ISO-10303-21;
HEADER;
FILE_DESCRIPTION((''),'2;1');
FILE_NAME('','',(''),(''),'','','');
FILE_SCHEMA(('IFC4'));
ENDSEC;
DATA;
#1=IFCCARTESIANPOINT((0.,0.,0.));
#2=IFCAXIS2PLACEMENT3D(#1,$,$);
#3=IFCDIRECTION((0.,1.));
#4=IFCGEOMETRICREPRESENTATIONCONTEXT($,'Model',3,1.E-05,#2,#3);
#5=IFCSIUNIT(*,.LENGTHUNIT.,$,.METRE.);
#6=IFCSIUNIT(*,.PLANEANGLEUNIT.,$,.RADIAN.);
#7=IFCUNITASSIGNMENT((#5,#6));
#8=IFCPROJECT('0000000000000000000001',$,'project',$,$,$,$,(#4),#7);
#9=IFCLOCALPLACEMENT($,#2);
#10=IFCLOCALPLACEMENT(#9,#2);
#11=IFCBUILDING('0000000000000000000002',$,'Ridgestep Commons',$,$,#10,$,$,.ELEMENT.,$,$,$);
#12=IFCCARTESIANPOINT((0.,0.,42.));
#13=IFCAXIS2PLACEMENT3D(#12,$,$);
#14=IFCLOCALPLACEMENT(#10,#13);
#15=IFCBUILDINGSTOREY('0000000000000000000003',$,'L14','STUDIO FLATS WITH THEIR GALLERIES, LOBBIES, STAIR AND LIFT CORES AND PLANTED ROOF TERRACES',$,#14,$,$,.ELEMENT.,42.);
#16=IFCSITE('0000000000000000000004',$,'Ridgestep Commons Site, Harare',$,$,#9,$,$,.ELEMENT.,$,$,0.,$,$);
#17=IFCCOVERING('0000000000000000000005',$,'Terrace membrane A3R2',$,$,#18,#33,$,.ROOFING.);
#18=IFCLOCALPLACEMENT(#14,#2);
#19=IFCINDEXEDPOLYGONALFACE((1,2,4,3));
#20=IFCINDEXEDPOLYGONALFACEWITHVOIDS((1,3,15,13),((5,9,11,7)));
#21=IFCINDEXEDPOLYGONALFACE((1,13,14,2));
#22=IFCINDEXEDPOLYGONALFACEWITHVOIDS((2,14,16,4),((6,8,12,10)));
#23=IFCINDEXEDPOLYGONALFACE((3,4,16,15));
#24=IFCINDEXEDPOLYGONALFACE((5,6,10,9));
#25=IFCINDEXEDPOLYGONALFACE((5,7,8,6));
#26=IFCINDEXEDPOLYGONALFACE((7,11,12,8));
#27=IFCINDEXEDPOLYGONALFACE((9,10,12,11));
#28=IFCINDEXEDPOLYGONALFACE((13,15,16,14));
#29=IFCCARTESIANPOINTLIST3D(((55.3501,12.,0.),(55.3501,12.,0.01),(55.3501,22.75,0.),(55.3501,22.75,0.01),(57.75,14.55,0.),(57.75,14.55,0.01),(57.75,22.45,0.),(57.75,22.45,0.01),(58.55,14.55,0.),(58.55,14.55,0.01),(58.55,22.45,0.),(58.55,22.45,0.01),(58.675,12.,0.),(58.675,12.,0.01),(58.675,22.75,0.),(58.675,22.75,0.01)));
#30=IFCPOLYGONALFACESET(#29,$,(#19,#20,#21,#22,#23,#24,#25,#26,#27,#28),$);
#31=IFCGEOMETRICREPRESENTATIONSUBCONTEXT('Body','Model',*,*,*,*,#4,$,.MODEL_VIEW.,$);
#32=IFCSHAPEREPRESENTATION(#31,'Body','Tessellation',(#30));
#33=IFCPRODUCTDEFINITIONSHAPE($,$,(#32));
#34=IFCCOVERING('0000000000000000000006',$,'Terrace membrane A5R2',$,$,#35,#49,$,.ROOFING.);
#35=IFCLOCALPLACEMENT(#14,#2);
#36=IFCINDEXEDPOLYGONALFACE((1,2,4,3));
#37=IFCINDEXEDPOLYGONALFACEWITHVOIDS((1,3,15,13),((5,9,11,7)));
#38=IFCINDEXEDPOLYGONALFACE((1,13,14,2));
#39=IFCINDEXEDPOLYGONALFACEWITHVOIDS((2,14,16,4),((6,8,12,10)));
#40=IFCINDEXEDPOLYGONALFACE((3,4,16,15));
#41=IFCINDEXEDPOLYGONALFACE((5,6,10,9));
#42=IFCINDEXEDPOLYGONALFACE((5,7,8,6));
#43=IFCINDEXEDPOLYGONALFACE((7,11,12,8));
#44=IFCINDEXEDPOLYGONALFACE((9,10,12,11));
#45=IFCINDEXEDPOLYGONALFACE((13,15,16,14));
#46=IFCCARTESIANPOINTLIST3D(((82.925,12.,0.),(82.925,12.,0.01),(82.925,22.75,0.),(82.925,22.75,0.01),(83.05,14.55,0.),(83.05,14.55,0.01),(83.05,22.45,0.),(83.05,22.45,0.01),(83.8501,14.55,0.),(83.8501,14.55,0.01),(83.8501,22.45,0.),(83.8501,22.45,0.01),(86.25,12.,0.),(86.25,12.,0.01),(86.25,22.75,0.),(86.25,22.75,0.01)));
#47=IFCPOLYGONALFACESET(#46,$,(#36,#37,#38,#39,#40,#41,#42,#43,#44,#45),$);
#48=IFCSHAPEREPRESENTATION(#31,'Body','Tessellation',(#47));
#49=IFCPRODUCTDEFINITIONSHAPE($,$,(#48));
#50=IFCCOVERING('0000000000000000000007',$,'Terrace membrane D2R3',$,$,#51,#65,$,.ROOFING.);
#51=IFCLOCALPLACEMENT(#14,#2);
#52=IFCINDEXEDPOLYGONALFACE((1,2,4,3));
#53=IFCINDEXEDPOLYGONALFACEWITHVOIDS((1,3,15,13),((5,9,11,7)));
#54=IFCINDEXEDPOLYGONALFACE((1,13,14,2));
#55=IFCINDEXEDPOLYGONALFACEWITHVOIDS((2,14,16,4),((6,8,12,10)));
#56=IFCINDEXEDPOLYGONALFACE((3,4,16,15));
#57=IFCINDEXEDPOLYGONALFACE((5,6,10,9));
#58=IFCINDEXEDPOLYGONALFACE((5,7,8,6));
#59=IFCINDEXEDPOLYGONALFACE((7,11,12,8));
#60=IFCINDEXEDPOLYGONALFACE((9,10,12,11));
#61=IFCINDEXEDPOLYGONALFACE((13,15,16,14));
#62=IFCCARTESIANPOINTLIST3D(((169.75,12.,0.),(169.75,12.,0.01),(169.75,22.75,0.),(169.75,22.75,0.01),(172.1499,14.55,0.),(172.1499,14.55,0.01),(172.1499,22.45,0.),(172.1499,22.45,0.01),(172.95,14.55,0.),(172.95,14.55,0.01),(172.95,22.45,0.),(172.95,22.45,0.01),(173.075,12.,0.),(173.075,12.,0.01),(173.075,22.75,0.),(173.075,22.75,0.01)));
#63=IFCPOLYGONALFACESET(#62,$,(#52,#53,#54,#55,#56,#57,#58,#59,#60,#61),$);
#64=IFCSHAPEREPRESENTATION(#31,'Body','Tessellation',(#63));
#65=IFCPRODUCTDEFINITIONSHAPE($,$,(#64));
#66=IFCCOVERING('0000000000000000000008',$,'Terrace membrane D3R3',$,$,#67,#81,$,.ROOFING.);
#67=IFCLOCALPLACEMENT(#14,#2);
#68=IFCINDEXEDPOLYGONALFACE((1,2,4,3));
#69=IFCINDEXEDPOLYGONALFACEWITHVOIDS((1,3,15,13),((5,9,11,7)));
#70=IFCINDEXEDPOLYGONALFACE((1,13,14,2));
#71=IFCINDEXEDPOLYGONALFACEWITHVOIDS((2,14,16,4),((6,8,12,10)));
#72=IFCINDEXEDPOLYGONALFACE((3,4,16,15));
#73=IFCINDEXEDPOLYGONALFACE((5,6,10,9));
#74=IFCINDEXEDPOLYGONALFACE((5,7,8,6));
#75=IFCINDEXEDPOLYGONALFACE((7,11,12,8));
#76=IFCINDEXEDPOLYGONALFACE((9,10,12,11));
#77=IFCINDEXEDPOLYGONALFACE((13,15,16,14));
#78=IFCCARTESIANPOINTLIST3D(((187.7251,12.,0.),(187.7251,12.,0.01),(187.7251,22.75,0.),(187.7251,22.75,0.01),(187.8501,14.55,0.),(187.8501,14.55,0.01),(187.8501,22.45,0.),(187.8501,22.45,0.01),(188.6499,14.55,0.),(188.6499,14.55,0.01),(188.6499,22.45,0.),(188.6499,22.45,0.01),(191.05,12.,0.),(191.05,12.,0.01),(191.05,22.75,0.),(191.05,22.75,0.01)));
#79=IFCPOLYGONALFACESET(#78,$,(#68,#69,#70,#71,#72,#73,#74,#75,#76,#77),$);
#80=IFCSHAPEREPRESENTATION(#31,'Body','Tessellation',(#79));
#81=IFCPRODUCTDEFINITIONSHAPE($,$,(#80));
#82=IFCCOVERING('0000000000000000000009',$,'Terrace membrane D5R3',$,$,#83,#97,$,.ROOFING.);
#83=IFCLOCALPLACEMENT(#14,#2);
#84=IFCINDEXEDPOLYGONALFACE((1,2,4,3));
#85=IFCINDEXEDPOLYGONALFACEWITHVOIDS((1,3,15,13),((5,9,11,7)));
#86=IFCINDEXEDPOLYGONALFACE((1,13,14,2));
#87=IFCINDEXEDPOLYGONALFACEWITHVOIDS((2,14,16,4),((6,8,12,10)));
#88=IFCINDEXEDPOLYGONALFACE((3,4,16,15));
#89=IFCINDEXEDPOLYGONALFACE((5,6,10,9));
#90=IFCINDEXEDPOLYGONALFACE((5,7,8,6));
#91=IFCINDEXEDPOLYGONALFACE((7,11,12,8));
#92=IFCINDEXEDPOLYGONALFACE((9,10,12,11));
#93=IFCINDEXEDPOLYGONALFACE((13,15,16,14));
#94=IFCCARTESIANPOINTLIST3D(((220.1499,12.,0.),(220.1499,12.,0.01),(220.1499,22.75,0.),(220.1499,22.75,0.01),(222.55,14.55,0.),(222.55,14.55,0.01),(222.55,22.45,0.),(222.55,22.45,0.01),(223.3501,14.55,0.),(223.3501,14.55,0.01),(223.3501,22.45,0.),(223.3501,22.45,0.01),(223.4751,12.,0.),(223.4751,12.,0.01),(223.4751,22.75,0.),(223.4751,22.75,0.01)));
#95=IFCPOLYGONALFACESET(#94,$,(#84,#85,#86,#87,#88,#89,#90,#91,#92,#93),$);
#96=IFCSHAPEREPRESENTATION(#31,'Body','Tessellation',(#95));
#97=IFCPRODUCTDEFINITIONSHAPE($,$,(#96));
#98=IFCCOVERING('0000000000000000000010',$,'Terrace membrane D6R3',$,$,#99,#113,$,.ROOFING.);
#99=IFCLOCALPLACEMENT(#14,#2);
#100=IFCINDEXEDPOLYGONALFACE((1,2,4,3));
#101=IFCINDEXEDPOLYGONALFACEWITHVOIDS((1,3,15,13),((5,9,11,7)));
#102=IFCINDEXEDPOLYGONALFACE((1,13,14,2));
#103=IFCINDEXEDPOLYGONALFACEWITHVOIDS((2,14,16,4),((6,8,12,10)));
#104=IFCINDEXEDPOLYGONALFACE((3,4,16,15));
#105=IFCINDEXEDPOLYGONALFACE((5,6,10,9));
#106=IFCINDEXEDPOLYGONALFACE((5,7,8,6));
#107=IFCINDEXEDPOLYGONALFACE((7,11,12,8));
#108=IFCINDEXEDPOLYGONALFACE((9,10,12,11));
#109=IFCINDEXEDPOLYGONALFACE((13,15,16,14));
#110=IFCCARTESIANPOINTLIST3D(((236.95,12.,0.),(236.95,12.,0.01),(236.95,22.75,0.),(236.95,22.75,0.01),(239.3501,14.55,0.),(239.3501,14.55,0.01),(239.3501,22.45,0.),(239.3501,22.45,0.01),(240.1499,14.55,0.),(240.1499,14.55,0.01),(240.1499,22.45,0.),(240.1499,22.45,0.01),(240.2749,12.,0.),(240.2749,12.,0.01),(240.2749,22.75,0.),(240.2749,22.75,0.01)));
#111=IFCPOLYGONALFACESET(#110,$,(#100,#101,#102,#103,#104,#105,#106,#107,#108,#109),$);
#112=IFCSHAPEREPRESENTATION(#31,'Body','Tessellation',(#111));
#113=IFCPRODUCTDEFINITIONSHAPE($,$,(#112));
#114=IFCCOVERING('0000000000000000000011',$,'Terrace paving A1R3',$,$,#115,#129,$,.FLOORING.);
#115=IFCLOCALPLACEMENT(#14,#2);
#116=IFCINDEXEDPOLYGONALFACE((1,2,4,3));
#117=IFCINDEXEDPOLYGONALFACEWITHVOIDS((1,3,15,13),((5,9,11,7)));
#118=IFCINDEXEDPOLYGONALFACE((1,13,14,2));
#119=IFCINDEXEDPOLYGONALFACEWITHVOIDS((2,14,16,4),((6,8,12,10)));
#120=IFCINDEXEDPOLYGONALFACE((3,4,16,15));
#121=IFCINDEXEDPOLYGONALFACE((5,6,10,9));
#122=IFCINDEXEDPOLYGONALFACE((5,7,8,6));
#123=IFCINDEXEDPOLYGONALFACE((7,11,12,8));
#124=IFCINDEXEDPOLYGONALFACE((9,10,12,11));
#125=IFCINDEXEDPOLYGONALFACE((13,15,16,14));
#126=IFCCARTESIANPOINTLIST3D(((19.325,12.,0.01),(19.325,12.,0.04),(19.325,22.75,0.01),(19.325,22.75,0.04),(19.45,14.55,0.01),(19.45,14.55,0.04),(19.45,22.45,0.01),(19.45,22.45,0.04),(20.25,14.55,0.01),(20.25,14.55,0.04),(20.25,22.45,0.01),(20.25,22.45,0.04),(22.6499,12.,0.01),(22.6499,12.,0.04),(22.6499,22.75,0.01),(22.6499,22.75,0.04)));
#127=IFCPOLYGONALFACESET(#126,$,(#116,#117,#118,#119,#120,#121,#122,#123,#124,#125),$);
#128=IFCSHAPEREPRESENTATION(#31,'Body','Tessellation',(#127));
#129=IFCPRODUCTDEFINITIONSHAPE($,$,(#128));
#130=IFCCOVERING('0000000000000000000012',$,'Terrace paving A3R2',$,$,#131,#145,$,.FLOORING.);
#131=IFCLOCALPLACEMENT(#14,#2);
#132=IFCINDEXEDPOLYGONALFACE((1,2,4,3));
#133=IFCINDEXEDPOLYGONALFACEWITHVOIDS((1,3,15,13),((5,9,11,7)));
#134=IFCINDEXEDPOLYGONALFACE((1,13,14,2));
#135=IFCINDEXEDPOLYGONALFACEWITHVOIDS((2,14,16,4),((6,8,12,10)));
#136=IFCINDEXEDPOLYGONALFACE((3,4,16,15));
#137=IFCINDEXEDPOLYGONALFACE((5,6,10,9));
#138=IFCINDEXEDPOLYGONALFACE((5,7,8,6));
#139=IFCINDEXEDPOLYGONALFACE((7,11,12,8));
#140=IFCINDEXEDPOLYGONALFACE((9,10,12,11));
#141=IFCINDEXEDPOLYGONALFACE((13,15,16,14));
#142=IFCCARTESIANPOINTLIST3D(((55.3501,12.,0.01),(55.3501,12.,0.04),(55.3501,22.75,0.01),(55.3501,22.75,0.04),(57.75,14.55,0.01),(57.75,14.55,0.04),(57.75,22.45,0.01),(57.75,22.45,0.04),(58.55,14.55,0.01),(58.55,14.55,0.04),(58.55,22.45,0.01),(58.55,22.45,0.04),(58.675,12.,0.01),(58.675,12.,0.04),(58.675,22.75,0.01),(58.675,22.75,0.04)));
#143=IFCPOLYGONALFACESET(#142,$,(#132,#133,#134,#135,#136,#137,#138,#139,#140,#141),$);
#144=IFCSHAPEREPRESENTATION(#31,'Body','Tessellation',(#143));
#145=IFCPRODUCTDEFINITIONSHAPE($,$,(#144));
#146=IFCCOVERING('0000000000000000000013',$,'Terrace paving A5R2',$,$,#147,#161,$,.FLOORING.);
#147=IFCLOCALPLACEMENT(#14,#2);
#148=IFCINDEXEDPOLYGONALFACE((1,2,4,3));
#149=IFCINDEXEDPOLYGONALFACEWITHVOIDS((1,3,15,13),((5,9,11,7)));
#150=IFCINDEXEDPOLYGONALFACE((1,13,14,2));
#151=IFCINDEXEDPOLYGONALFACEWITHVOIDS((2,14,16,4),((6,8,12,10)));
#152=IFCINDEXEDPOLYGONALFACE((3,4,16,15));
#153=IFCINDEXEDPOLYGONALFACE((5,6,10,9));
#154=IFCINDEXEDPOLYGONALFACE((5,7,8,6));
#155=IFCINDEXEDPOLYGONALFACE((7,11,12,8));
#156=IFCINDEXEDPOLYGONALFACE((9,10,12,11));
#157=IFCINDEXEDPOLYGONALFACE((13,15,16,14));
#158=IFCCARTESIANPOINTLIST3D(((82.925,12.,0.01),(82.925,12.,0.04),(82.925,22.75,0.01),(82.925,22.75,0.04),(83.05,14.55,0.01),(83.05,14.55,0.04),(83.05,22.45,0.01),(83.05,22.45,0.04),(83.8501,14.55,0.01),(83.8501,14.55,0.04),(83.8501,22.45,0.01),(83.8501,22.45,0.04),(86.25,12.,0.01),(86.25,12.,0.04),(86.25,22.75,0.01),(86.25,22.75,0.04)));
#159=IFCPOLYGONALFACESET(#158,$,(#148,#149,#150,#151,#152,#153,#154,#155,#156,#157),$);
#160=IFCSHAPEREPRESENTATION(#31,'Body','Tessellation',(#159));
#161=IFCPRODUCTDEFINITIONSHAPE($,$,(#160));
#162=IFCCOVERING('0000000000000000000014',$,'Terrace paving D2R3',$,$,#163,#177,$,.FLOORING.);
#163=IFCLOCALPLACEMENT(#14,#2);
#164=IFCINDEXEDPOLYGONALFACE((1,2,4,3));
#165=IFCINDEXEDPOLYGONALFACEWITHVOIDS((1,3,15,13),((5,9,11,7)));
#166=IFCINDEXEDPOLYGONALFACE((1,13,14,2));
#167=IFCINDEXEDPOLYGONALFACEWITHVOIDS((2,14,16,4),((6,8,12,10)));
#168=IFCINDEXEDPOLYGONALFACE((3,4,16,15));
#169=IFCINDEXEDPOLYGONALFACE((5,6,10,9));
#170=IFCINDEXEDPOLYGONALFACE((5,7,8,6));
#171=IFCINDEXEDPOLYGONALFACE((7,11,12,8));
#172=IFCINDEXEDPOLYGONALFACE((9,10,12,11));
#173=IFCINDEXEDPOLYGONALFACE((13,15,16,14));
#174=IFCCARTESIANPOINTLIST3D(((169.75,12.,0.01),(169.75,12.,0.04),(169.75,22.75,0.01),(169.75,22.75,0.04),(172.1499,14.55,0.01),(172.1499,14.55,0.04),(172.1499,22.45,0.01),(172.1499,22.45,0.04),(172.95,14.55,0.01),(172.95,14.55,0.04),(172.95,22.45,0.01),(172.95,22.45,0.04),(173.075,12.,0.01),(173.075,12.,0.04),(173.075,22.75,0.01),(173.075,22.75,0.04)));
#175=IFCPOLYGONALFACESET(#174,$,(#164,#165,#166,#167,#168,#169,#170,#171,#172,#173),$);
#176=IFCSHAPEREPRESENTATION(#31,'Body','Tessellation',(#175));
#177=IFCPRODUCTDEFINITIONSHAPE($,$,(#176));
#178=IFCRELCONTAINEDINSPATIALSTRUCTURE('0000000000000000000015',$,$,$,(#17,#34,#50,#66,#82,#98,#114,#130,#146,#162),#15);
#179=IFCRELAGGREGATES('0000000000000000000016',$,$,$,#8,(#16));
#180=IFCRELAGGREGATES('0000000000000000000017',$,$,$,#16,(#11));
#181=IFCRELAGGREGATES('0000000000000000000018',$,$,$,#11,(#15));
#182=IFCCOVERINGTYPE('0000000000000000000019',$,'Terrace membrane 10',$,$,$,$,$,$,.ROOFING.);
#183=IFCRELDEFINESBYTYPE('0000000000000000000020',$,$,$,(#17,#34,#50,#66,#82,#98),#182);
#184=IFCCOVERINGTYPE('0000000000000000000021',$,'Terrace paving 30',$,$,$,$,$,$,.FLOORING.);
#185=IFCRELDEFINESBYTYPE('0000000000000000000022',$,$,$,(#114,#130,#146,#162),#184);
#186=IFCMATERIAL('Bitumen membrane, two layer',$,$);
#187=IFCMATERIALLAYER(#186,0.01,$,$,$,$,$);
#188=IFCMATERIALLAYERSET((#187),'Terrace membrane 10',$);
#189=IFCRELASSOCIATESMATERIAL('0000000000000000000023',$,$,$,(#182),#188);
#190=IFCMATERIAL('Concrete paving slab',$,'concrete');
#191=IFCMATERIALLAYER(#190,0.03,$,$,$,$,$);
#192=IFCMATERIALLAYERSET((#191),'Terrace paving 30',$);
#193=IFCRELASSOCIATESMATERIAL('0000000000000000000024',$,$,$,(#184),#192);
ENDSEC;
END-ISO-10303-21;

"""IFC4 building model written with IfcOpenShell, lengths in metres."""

from ifc_helpers import new_model, si_unit, direction, frame, origin, place, context, subcontext, project, spatial, polyline, outline, extrude, material, layer, layer_set, type_object, element, save


model = new_model("IFC4")

# Units and contexts
model_context = context("Model", 3, precision=1e-05, world=origin(), true_north=direction((0.0, 1.0)))
body_context = subcontext(model_context, "Body", "Model", "MODEL_VIEW")
ifc_project = project(units=[si_unit("LENGTHUNIT", "METRE"), si_unit("PLANEANGLEUNIT", "RADIAN")], contexts=[model_context])

# Site, building, storey
site_placement = place(None, origin())
site = spatial("IfcSite", under=ifc_project, at=site_placement, Name="Ridgestep Commons Site, Harare", CompositionType="ELEMENT", RefElevation=0.0)
building_placement = place(site_placement, origin())
building = spatial("IfcBuilding", under=site, at=building_placement, Name="Ridgestep Commons", CompositionType="ELEMENT")
storey_placement = place(building_placement, frame((0.0, 0.0, 42.0)))
storey = spatial("IfcBuildingStorey", under=building, at=storey_placement, Name="L14", Description="STUDIO FLATS WITH THEIR GALLERIES, LOBBIES, STAIR AND LIFT CORES AND PLANTED ROOF TERRACES", CompositionType="ELEMENT", Elevation=42.0)

# Coverings
ifc_material_1 = material(Name="Bitumen membrane, two layer")
ifc_layer_1 = layer(ifc_material_1, 0.01)
ifc_layer_set_1 = layer_set([ifc_layer_1], Name="Terrace membrane 10")
covering_type_1 = type_object("IfcCoveringType", Name="Terrace membrane 10", PredefinedType="ROOFING", material=ifc_layer_set_1)
covering_1_placement = place(storey_placement, origin())
element("IfcCovering", 1, at=covering_1_placement, inside=storey, type_object=covering_type_1, Name="Terrace membrane A3R2", PredefinedType="ROOFING", context=body_context, shape_type="SweptSolid", body=[
    extrude(outline(polyline([(58.675, 12.0), (58.675, 22.75), (55.3501, 22.75), (55.3501, 12.0), (58.675, 12.0)]), holes=[polyline([(58.55, 14.55), (58.55, 22.45), (57.75, 22.45), (57.75, 14.55), (58.55, 14.55)])]), origin(), (0.0, 0.0, 1.0), 0.01),
])
covering_2_placement = place(storey_placement, origin())
element("IfcCovering", 2, at=covering_2_placement, inside=storey, type_object=covering_type_1, Name="Terrace membrane A5R2", PredefinedType="ROOFING", context=body_context, shape_type="SweptSolid", body=[
    extrude(outline(polyline([(86.25, 12.0), (86.25, 22.75), (82.925, 22.75), (82.925, 12.0), (86.25, 12.0)]), holes=[polyline([(83.8501, 14.55), (83.8501, 22.45), (83.05, 22.45), (83.05, 14.55), (83.8501, 14.55)])]), origin(), (0.0, 0.0, 1.0), 0.01),
])
covering_3_placement = place(storey_placement, origin())
element("IfcCovering", 3, at=covering_3_placement, inside=storey, type_object=covering_type_1, Name="Terrace membrane D2R3", PredefinedType="ROOFING", context=body_context, shape_type="SweptSolid", body=[
    extrude(outline(polyline([(173.075, 12.0), (173.075, 22.75), (169.75, 22.75), (169.75, 12.0), (173.075, 12.0)]), holes=[polyline([(172.95, 14.55), (172.95, 22.45), (172.1499, 22.45), (172.1499, 14.55), (172.95, 14.55)])]), origin(), (0.0, 0.0, 1.0), 0.01),
])
covering_4_placement = place(storey_placement, origin())
element("IfcCovering", 4, at=covering_4_placement, inside=storey, type_object=covering_type_1, Name="Terrace membrane D3R3", PredefinedType="ROOFING", context=body_context, shape_type="SweptSolid", body=[
    extrude(outline(polyline([(191.05, 12.0), (191.05, 22.75), (187.7251, 22.75), (187.7251, 12.0), (191.05, 12.0)]), holes=[polyline([(188.6499, 14.55), (188.6499, 22.45), (187.8501, 22.45), (187.8501, 14.55), (188.6499, 14.55)])]), origin(), (0.0, 0.0, 1.0), 0.01),
])
covering_5_placement = place(storey_placement, origin())
element("IfcCovering", 5, at=covering_5_placement, inside=storey, type_object=covering_type_1, Name="Terrace membrane D5R3", PredefinedType="ROOFING", context=body_context, shape_type="SweptSolid", body=[
    extrude(outline(polyline([(223.4751, 12.0), (223.4751, 22.75), (220.1499, 22.75), (220.1499, 12.0), (223.4751, 12.0)]), holes=[polyline([(223.3501, 14.55), (223.3501, 22.45), (222.55, 22.45), (222.55, 14.55), (223.3501, 14.55)])]), origin(), (0.0, 0.0, 1.0), 0.01),
])
covering_6_placement = place(storey_placement, origin())
element("IfcCovering", 6, at=covering_6_placement, inside=storey, type_object=covering_type_1, Name="Terrace membrane D6R3", PredefinedType="ROOFING", context=body_context, shape_type="SweptSolid", body=[
    extrude(outline(polyline([(240.2749, 12.0), (240.2749, 22.75), (236.95, 22.75), (236.95, 12.0), (240.2749, 12.0)]), holes=[polyline([(240.1499, 14.55), (240.1499, 22.45), (239.3501, 22.45), (239.3501, 14.55), (240.1499, 14.55)])]), origin(), (0.0, 0.0, 1.0), 0.01),
])
ifc_material_2 = material(Name="Concrete paving slab", Category="concrete")
ifc_layer_2 = layer(ifc_material_2, 0.03)
ifc_layer_set_2 = layer_set([ifc_layer_2], Name="Terrace paving 30")
covering_type_2 = type_object("IfcCoveringType", Name="Terrace paving 30", PredefinedType="FLOORING", material=ifc_layer_set_2)
covering_7_placement = place(storey_placement, frame((0.0, 0.0, 0.01)))
element("IfcCovering", 7, at=covering_7_placement, inside=storey, type_object=covering_type_2, Name="Terrace paving A1R3", PredefinedType="FLOORING", context=body_context, shape_type="SweptSolid", body=[
    extrude(outline(polyline([(22.6499, 12.0), (22.6499, 22.75), (19.325, 22.75), (19.325, 12.0), (22.6499, 12.0)]), holes=[polyline([(20.25, 14.55), (20.25, 22.45), (19.45, 22.45), (19.45, 14.55), (20.25, 14.55)])]), origin(), (0.0, 0.0, 1.0), 0.03),
])
covering_8_placement = place(storey_placement, frame((0.0, 0.0, 0.01)))
element("IfcCovering", 8, at=covering_8_placement, inside=storey, type_object=covering_type_2, Name="Terrace paving A3R2", PredefinedType="FLOORING", context=body_context, shape_type="SweptSolid", body=[
    extrude(outline(polyline([(58.675, 12.0), (58.675, 22.75), (55.3501, 22.75), (55.3501, 12.0), (58.675, 12.0)]), holes=[polyline([(58.55, 14.55), (58.55, 22.45), (57.75, 22.45), (57.75, 14.55), (58.55, 14.55)])]), origin(), (0.0, 0.0, 1.0), 0.03),
])
covering_9_placement = place(storey_placement, frame((0.0, 0.0, 0.01)))
element("IfcCovering", 9, at=covering_9_placement, inside=storey, type_object=covering_type_2, Name="Terrace paving A5R2", PredefinedType="FLOORING", context=body_context, shape_type="SweptSolid", body=[
    extrude(outline(polyline([(86.25, 12.0), (86.25, 22.75), (82.925, 22.75), (82.925, 12.0), (86.25, 12.0)]), holes=[polyline([(83.8501, 14.55), (83.8501, 22.45), (83.05, 22.45), (83.05, 14.55), (83.8501, 14.55)])]), origin(), (0.0, 0.0, 1.0), 0.03),
])
covering_10_placement = place(storey_placement, frame((0.0, 0.0, 0.01)))
element("IfcCovering", 10, at=covering_10_placement, inside=storey, type_object=covering_type_2, Name="Terrace paving D2R3", PredefinedType="FLOORING", context=body_context, shape_type="SweptSolid", body=[
    extrude(outline(polyline([(173.075, 12.0), (173.075, 22.75), (169.75, 22.75), (169.75, 12.0), (173.075, 12.0)]), holes=[polyline([(172.95, 14.55), (172.95, 22.45), (172.1499, 22.45), (172.1499, 14.55), (172.95, 14.55)])]), origin(), (0.0, 0.0, 1.0), 0.03),
])

save(model, "model.ifc")
